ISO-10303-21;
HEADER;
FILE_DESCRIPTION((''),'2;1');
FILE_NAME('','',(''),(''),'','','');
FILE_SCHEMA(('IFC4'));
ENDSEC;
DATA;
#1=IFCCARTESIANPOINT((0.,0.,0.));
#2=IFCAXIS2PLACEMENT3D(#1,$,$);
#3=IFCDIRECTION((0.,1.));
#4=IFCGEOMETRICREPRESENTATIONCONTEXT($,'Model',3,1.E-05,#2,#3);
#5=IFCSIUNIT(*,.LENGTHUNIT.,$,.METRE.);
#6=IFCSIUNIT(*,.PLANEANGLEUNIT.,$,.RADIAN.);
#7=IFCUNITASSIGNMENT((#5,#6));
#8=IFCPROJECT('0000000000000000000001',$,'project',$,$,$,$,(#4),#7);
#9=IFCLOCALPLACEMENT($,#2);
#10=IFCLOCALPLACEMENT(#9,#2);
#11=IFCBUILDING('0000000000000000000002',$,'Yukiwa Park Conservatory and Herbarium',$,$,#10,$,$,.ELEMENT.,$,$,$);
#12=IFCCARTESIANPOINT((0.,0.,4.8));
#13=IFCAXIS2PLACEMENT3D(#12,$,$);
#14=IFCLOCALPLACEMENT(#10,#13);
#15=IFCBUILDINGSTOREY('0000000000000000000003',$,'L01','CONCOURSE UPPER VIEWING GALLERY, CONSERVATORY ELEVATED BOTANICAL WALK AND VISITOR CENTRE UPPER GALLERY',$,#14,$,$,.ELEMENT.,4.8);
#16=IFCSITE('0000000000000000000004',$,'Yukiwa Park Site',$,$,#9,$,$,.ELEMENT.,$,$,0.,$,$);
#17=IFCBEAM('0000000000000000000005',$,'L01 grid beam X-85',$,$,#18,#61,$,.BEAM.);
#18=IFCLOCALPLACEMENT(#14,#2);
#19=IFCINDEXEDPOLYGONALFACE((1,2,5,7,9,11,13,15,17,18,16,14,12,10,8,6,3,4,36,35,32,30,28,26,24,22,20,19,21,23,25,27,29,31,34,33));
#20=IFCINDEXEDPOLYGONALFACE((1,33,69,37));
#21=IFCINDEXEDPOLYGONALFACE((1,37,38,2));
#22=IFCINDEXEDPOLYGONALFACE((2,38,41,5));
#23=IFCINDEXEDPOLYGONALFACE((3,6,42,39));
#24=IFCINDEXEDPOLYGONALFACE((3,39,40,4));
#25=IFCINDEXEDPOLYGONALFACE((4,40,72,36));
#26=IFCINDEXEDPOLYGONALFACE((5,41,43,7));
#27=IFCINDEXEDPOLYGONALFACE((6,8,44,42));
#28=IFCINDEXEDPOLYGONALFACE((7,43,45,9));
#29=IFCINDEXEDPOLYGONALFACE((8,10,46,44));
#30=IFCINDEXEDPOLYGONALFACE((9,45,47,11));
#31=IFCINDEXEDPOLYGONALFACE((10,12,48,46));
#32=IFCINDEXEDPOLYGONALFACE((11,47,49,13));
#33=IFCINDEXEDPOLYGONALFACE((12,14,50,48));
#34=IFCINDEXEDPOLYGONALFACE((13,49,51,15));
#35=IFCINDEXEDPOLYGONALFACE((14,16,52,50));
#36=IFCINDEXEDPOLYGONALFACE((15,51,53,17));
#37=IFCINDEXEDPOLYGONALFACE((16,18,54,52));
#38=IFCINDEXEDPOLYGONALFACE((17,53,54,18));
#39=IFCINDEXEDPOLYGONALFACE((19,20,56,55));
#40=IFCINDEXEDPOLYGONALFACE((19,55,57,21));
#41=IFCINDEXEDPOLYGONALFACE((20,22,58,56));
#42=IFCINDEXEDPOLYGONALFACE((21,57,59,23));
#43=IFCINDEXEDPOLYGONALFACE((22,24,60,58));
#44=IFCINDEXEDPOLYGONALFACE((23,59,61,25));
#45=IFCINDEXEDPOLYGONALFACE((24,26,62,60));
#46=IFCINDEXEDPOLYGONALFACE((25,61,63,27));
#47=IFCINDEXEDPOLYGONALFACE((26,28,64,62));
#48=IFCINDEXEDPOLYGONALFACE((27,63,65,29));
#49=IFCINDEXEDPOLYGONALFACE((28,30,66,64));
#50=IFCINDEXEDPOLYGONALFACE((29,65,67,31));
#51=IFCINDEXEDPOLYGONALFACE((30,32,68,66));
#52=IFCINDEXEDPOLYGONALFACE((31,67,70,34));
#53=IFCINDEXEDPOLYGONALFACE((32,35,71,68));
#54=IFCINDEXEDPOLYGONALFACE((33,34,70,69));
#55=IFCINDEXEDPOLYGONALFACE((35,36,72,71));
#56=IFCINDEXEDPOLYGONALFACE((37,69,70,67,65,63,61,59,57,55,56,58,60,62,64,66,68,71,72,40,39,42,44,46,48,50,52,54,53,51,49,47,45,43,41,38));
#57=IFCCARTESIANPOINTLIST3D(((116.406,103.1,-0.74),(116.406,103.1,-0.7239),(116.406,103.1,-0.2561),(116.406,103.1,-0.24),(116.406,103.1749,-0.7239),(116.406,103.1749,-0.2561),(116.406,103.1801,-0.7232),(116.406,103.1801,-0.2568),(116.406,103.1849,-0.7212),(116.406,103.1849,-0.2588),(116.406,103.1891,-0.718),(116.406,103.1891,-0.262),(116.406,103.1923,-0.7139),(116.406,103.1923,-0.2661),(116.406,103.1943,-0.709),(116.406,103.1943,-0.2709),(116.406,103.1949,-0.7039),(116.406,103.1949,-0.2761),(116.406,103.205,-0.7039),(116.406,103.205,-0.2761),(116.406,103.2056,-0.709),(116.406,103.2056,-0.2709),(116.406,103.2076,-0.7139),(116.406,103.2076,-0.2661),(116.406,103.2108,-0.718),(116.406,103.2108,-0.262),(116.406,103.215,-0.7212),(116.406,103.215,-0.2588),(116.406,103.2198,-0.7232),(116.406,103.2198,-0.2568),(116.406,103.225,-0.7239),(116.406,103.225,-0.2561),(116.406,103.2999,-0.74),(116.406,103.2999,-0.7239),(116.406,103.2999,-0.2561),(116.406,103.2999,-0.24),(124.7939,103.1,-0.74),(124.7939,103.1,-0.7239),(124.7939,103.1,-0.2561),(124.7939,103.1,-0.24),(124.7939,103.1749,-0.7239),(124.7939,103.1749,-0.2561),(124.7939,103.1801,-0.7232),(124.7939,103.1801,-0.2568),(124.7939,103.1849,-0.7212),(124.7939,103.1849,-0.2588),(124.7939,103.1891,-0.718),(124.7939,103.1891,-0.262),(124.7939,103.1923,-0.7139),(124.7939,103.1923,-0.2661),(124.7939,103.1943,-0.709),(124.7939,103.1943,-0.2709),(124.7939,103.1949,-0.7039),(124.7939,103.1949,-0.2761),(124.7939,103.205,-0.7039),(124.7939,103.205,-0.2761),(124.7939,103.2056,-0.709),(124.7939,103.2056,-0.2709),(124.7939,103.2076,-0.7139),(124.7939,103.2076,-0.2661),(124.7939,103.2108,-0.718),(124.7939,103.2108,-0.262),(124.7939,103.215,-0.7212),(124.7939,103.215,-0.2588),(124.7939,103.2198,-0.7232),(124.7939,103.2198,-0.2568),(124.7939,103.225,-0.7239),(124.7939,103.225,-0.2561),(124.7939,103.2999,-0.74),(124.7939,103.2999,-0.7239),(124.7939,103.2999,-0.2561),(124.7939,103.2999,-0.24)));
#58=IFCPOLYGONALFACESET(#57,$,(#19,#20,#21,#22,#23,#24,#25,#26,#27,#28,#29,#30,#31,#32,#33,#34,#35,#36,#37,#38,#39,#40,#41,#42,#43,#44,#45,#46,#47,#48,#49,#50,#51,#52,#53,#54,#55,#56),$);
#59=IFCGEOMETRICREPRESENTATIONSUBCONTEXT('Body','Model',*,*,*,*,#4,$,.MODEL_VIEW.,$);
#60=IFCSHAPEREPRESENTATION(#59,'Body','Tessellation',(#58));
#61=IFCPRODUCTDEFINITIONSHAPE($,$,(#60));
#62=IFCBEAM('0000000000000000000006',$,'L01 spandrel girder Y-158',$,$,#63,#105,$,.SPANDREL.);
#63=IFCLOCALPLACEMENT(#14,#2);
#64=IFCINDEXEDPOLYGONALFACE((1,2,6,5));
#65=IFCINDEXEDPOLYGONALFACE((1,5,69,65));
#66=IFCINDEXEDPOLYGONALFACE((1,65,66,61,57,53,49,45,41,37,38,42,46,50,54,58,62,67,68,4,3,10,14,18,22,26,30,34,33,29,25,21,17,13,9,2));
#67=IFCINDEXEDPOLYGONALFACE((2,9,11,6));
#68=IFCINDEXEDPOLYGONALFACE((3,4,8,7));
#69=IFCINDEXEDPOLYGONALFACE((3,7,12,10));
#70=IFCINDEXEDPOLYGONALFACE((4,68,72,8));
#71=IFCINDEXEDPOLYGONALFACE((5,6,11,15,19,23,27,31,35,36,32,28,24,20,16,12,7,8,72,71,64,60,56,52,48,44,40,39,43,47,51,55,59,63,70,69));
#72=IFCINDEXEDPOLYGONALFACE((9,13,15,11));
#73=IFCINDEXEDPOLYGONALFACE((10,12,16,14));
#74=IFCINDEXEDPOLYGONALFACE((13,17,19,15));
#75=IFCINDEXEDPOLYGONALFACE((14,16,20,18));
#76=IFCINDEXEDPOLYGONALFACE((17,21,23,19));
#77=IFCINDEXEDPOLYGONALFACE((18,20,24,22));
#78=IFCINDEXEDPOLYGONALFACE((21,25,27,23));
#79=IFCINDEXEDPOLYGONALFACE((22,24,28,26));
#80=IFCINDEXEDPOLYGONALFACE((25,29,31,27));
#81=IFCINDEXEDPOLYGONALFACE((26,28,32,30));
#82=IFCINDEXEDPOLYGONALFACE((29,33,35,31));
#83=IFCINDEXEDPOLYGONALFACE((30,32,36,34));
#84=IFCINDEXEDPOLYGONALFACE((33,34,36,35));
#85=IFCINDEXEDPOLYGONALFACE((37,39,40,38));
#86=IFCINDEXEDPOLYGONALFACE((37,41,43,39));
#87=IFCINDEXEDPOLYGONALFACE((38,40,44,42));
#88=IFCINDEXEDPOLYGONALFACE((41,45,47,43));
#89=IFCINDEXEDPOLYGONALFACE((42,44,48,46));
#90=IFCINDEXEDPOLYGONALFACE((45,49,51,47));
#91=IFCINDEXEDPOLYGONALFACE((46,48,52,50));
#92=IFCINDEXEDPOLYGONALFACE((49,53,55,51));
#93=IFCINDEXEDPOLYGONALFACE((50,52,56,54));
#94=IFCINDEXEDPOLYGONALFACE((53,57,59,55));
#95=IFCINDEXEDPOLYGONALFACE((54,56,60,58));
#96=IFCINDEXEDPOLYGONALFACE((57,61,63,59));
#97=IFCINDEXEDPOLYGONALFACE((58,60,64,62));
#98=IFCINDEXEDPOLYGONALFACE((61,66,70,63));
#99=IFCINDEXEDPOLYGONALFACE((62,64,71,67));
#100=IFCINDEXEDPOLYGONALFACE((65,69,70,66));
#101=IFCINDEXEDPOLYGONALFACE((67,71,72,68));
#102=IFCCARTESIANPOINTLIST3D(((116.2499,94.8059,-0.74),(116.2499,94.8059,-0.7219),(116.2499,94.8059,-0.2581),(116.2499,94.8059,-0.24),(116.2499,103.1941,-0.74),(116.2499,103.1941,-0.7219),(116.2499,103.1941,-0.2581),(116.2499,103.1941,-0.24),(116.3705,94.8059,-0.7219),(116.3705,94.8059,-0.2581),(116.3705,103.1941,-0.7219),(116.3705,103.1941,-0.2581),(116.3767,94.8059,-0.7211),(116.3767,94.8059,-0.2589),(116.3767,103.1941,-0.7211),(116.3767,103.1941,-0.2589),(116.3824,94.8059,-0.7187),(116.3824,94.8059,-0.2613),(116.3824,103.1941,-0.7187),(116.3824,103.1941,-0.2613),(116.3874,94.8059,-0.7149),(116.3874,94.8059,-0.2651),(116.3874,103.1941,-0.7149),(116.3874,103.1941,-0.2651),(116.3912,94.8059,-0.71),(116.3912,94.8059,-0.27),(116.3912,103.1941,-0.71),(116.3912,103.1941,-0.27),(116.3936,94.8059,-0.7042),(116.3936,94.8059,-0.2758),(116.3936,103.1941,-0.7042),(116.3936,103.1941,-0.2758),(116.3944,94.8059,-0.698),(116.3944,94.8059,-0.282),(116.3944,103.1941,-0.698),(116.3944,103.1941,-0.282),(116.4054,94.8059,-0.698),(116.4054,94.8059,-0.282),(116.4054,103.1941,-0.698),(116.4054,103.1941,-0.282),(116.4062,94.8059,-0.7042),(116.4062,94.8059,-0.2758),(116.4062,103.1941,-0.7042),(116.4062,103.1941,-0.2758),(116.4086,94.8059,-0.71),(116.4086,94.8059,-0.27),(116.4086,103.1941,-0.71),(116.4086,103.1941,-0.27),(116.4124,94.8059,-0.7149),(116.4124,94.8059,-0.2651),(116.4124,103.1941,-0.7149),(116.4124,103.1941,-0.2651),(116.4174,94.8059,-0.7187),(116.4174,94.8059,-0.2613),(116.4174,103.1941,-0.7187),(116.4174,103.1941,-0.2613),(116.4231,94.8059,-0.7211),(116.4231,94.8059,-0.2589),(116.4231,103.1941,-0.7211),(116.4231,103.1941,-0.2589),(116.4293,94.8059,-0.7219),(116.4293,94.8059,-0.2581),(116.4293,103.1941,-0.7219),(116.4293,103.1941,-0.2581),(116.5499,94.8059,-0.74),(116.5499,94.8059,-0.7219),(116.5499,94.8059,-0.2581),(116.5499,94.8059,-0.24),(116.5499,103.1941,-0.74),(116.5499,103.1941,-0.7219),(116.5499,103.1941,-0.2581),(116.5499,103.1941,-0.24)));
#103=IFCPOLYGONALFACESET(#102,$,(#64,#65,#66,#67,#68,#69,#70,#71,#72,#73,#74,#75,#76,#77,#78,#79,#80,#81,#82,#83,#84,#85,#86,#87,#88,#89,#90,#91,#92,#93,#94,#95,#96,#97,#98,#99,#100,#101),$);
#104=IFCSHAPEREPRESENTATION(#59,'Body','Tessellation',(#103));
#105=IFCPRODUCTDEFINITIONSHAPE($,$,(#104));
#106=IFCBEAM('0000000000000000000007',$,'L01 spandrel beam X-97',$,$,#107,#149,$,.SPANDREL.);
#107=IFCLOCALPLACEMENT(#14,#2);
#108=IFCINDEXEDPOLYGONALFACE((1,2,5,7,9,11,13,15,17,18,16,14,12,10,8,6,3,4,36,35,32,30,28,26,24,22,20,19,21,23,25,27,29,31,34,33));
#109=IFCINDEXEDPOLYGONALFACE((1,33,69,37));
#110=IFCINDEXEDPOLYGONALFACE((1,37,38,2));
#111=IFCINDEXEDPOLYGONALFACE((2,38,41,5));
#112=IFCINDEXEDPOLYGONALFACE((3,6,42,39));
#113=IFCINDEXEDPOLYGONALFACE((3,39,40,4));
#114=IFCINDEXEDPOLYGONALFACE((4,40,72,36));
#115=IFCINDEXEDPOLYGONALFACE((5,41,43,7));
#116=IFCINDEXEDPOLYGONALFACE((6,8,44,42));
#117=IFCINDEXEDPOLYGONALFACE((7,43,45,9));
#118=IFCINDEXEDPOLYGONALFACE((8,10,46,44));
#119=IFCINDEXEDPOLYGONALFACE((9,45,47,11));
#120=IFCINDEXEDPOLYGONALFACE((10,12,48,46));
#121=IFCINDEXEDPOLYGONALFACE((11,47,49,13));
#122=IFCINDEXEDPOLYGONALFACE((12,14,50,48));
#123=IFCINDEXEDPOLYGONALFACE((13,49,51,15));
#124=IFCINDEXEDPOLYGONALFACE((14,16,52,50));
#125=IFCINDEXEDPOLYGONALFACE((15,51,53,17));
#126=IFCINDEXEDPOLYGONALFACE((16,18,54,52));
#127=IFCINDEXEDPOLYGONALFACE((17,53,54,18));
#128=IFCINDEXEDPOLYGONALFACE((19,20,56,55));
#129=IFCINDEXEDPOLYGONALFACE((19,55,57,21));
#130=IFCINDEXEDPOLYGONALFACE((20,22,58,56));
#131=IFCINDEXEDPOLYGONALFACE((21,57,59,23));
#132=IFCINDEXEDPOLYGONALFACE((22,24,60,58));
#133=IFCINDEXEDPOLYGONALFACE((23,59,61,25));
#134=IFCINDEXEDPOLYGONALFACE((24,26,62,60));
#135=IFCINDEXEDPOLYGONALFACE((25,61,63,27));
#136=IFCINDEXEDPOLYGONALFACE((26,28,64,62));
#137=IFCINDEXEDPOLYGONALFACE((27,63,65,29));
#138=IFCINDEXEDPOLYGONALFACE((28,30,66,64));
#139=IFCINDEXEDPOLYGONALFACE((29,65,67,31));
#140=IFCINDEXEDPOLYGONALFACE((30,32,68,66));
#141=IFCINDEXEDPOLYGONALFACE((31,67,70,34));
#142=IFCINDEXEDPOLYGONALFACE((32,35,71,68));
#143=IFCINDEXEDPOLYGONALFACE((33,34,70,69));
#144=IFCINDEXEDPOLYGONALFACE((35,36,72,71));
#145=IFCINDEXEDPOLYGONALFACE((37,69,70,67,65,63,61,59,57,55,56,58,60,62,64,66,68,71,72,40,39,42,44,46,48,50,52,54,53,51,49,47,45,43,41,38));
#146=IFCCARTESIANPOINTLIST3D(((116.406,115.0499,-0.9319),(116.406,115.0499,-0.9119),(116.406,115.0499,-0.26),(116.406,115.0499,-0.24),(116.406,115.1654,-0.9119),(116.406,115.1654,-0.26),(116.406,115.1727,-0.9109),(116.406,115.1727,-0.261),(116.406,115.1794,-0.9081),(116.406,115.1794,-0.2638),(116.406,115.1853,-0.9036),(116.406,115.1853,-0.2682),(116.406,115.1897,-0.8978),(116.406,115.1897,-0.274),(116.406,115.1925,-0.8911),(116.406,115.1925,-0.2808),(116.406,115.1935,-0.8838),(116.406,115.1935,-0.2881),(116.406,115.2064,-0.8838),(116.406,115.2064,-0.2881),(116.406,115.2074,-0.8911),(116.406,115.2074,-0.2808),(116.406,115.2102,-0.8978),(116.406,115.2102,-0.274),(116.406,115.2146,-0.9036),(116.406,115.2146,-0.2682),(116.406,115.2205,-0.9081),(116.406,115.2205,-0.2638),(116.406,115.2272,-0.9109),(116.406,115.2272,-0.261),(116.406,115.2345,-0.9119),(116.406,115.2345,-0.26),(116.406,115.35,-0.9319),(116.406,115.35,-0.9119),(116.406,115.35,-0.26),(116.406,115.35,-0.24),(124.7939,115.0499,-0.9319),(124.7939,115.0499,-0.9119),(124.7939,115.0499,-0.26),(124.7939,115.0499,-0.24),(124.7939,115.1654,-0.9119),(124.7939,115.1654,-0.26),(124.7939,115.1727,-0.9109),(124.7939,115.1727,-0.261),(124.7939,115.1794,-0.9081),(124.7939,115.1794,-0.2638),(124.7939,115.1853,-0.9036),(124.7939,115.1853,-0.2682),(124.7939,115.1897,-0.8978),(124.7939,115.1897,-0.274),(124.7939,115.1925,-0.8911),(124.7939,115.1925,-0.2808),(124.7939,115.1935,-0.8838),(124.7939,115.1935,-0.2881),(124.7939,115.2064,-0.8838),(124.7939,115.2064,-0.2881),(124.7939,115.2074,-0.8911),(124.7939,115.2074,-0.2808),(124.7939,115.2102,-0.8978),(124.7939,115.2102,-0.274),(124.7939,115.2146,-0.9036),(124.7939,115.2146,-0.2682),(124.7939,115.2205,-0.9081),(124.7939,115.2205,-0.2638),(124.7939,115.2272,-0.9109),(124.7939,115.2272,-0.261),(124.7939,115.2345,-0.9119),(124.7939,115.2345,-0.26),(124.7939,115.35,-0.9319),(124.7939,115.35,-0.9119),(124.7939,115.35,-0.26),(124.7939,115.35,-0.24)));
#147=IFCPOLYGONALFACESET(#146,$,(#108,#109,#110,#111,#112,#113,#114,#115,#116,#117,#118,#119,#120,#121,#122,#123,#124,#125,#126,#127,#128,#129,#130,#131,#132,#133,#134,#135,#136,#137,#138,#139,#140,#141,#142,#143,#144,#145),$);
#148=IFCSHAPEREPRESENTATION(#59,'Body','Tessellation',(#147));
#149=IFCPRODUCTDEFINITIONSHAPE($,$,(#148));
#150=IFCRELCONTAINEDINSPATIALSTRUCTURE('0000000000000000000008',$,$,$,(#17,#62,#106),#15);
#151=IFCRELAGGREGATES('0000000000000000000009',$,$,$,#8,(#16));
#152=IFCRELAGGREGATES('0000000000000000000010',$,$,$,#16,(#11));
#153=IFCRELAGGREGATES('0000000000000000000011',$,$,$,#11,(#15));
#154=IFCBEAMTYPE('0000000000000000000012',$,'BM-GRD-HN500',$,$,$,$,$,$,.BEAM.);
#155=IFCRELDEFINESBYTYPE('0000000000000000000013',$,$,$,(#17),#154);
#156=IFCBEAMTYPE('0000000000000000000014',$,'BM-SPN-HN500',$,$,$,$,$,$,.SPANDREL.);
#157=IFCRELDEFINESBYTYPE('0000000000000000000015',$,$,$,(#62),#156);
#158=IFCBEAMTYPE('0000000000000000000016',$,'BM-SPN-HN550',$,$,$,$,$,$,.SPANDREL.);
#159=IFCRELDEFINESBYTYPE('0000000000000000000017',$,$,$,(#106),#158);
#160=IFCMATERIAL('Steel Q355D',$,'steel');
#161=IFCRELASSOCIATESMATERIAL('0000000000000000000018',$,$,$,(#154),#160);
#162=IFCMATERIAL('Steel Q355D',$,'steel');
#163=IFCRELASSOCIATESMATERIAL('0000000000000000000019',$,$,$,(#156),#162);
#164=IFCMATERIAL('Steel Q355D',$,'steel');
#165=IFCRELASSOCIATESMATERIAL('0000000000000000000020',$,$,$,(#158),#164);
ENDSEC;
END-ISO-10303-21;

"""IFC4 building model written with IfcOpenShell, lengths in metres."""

from ifc_helpers import new_model, si_unit, direction, frame, origin, origin_2d, place, context, subcontext, project, spatial, i_section, extrude, material, material_profile, profile_set, type_object, element, save


model = new_model("IFC4")

# Units and contexts
model_context = context("Model", 3, precision=1e-05, world=origin(), true_north=direction((0.0, 1.0)))
body_context = subcontext(model_context, "Body", "Model", "MODEL_VIEW")
ifc_project = project(units=[si_unit("LENGTHUNIT", "METRE"), si_unit("PLANEANGLEUNIT", "RADIAN")], contexts=[model_context])

# Site, building, storey
site_placement = place(None, origin())
site = spatial("IfcSite", under=ifc_project, at=site_placement, Name="Yukiwa Park Site", CompositionType="ELEMENT", RefElevation=0.0)
building_placement = place(site_placement, origin())
building = spatial("IfcBuilding", under=site, at=building_placement, Name="Yukiwa Park Conservatory and Herbarium", CompositionType="ELEMENT")
storey_placement = place(building_placement, frame((0.0, 0.0, 4.8)))
storey = spatial("IfcBuildingStorey", under=building, at=storey_placement, Name="L01", Description="CONCOURSE UPPER VIEWING GALLERY, CONSERVATORY ELEVATED BOTANICAL WALK AND VISITOR CENTRE UPPER GALLERY", CompositionType="ELEMENT", Elevation=4.8)

# Beams
ifc_material_1 = material(Name="Steel Q355D", Category="steel")
ifc_material_profile_1 = material_profile(ifc_material_1, i_section(OverallWidth=0.2, OverallDepth=0.5, WebThickness=0.01, FlangeThickness=0.0161, FilletRadius=0.02, at=origin_2d()), Name="HN 500x200x10x16")
ifc_profile_set_1 = profile_set([ifc_material_profile_1], Name="Steel Q355D")
beam_type_1 = type_object("IfcBeamType", Name="BM-GRD-HN500", PredefinedType="BEAM", material=ifc_profile_set_1)
for number, where, z_axis, x_axis, name in (
    (1, (116.406, 103.2, -0.49), (1.0, 0.0, 0.0), (0.0, 1.0, 0.0), "L01 grid beam X-85"),
):
    element("IfcBeam", number, at=place(storey_placement, frame(where, z_axis=z_axis, x_axis=x_axis)), inside=storey, type_object=beam_type_1, Name=name, PredefinedType="BEAM", context=body_context, shape_type="SweptSolid", body=[
        extrude(i_section(OverallWidth=0.2, OverallDepth=0.5, WebThickness=0.01, FlangeThickness=0.0161, FilletRadius=0.02, at=origin_2d()), origin(), (0.0, 0.0, 1.0), 8.3879),
    ])
ifc_material_2 = material(Name="Steel Q355D", Category="steel")
ifc_material_profile_2 = material_profile(ifc_material_2, i_section(OverallWidth=0.3, OverallDepth=0.5, WebThickness=0.011, FlangeThickness=0.0181, FilletRadius=0.0239, at=origin_2d()), Name="HM 500x300x11x18")
ifc_profile_set_2 = profile_set([ifc_material_profile_2], Name="Steel Q355D")
beam_type_2 = type_object("IfcBeamType", Name="BM-SPN-HN500", PredefinedType="SPANDREL", material=ifc_profile_set_2)
beam_1_placement = place(storey_placement, frame((116.3999, 94.8059, -0.49), z_axis=(0.0, 1.0, 0.0), x_axis=(-1.0, 0.0, 0.0)))
element("IfcBeam", 2, at=beam_1_placement, inside=storey, type_object=beam_type_2, Name="L01 spandrel girder Y-158", PredefinedType="SPANDREL", context=body_context, shape_type="SweptSolid", body=[
    extrude(i_section(OverallWidth=0.3, OverallDepth=0.5, WebThickness=0.011, FlangeThickness=0.0181, FilletRadius=0.0239, at=origin_2d()), origin(), (0.0, 0.0, 1.0), 8.3882),
])
ifc_material_3 = material(Name="Steel Q355D", Category="steel")
ifc_material_profile_3 = material_profile(ifc_material_3, i_section(OverallWidth=0.3, OverallDepth=0.6919, WebThickness=0.0129, FlangeThickness=0.02, FilletRadius=0.0281, at=origin_2d()), Name="HN 692x300x13x20")
ifc_profile_set_3 = profile_set([ifc_material_profile_3], Name="Steel Q355D")
beam_type_3 = type_object("IfcBeamType", Name="BM-SPN-HN550", PredefinedType="SPANDREL", material=ifc_profile_set_3)
beam_2_placement = place(storey_placement, frame((116.406, 115.2, -0.5859), z_axis=(1.0, 0.0, 0.0), x_axis=(0.0, 1.0, 0.0)))
element("IfcBeam", 3, at=beam_2_placement, inside=storey, type_object=beam_type_3, Name="L01 spandrel beam X-97", PredefinedType="SPANDREL", context=body_context, shape_type="SweptSolid", body=[
    extrude(i_section(OverallWidth=0.3, OverallDepth=0.6919, WebThickness=0.0129, FlangeThickness=0.02, FilletRadius=0.0281, at=origin_2d()), origin(), (0.0, 0.0, 1.0), 8.3879),
])

save(model, "model.ifc")
